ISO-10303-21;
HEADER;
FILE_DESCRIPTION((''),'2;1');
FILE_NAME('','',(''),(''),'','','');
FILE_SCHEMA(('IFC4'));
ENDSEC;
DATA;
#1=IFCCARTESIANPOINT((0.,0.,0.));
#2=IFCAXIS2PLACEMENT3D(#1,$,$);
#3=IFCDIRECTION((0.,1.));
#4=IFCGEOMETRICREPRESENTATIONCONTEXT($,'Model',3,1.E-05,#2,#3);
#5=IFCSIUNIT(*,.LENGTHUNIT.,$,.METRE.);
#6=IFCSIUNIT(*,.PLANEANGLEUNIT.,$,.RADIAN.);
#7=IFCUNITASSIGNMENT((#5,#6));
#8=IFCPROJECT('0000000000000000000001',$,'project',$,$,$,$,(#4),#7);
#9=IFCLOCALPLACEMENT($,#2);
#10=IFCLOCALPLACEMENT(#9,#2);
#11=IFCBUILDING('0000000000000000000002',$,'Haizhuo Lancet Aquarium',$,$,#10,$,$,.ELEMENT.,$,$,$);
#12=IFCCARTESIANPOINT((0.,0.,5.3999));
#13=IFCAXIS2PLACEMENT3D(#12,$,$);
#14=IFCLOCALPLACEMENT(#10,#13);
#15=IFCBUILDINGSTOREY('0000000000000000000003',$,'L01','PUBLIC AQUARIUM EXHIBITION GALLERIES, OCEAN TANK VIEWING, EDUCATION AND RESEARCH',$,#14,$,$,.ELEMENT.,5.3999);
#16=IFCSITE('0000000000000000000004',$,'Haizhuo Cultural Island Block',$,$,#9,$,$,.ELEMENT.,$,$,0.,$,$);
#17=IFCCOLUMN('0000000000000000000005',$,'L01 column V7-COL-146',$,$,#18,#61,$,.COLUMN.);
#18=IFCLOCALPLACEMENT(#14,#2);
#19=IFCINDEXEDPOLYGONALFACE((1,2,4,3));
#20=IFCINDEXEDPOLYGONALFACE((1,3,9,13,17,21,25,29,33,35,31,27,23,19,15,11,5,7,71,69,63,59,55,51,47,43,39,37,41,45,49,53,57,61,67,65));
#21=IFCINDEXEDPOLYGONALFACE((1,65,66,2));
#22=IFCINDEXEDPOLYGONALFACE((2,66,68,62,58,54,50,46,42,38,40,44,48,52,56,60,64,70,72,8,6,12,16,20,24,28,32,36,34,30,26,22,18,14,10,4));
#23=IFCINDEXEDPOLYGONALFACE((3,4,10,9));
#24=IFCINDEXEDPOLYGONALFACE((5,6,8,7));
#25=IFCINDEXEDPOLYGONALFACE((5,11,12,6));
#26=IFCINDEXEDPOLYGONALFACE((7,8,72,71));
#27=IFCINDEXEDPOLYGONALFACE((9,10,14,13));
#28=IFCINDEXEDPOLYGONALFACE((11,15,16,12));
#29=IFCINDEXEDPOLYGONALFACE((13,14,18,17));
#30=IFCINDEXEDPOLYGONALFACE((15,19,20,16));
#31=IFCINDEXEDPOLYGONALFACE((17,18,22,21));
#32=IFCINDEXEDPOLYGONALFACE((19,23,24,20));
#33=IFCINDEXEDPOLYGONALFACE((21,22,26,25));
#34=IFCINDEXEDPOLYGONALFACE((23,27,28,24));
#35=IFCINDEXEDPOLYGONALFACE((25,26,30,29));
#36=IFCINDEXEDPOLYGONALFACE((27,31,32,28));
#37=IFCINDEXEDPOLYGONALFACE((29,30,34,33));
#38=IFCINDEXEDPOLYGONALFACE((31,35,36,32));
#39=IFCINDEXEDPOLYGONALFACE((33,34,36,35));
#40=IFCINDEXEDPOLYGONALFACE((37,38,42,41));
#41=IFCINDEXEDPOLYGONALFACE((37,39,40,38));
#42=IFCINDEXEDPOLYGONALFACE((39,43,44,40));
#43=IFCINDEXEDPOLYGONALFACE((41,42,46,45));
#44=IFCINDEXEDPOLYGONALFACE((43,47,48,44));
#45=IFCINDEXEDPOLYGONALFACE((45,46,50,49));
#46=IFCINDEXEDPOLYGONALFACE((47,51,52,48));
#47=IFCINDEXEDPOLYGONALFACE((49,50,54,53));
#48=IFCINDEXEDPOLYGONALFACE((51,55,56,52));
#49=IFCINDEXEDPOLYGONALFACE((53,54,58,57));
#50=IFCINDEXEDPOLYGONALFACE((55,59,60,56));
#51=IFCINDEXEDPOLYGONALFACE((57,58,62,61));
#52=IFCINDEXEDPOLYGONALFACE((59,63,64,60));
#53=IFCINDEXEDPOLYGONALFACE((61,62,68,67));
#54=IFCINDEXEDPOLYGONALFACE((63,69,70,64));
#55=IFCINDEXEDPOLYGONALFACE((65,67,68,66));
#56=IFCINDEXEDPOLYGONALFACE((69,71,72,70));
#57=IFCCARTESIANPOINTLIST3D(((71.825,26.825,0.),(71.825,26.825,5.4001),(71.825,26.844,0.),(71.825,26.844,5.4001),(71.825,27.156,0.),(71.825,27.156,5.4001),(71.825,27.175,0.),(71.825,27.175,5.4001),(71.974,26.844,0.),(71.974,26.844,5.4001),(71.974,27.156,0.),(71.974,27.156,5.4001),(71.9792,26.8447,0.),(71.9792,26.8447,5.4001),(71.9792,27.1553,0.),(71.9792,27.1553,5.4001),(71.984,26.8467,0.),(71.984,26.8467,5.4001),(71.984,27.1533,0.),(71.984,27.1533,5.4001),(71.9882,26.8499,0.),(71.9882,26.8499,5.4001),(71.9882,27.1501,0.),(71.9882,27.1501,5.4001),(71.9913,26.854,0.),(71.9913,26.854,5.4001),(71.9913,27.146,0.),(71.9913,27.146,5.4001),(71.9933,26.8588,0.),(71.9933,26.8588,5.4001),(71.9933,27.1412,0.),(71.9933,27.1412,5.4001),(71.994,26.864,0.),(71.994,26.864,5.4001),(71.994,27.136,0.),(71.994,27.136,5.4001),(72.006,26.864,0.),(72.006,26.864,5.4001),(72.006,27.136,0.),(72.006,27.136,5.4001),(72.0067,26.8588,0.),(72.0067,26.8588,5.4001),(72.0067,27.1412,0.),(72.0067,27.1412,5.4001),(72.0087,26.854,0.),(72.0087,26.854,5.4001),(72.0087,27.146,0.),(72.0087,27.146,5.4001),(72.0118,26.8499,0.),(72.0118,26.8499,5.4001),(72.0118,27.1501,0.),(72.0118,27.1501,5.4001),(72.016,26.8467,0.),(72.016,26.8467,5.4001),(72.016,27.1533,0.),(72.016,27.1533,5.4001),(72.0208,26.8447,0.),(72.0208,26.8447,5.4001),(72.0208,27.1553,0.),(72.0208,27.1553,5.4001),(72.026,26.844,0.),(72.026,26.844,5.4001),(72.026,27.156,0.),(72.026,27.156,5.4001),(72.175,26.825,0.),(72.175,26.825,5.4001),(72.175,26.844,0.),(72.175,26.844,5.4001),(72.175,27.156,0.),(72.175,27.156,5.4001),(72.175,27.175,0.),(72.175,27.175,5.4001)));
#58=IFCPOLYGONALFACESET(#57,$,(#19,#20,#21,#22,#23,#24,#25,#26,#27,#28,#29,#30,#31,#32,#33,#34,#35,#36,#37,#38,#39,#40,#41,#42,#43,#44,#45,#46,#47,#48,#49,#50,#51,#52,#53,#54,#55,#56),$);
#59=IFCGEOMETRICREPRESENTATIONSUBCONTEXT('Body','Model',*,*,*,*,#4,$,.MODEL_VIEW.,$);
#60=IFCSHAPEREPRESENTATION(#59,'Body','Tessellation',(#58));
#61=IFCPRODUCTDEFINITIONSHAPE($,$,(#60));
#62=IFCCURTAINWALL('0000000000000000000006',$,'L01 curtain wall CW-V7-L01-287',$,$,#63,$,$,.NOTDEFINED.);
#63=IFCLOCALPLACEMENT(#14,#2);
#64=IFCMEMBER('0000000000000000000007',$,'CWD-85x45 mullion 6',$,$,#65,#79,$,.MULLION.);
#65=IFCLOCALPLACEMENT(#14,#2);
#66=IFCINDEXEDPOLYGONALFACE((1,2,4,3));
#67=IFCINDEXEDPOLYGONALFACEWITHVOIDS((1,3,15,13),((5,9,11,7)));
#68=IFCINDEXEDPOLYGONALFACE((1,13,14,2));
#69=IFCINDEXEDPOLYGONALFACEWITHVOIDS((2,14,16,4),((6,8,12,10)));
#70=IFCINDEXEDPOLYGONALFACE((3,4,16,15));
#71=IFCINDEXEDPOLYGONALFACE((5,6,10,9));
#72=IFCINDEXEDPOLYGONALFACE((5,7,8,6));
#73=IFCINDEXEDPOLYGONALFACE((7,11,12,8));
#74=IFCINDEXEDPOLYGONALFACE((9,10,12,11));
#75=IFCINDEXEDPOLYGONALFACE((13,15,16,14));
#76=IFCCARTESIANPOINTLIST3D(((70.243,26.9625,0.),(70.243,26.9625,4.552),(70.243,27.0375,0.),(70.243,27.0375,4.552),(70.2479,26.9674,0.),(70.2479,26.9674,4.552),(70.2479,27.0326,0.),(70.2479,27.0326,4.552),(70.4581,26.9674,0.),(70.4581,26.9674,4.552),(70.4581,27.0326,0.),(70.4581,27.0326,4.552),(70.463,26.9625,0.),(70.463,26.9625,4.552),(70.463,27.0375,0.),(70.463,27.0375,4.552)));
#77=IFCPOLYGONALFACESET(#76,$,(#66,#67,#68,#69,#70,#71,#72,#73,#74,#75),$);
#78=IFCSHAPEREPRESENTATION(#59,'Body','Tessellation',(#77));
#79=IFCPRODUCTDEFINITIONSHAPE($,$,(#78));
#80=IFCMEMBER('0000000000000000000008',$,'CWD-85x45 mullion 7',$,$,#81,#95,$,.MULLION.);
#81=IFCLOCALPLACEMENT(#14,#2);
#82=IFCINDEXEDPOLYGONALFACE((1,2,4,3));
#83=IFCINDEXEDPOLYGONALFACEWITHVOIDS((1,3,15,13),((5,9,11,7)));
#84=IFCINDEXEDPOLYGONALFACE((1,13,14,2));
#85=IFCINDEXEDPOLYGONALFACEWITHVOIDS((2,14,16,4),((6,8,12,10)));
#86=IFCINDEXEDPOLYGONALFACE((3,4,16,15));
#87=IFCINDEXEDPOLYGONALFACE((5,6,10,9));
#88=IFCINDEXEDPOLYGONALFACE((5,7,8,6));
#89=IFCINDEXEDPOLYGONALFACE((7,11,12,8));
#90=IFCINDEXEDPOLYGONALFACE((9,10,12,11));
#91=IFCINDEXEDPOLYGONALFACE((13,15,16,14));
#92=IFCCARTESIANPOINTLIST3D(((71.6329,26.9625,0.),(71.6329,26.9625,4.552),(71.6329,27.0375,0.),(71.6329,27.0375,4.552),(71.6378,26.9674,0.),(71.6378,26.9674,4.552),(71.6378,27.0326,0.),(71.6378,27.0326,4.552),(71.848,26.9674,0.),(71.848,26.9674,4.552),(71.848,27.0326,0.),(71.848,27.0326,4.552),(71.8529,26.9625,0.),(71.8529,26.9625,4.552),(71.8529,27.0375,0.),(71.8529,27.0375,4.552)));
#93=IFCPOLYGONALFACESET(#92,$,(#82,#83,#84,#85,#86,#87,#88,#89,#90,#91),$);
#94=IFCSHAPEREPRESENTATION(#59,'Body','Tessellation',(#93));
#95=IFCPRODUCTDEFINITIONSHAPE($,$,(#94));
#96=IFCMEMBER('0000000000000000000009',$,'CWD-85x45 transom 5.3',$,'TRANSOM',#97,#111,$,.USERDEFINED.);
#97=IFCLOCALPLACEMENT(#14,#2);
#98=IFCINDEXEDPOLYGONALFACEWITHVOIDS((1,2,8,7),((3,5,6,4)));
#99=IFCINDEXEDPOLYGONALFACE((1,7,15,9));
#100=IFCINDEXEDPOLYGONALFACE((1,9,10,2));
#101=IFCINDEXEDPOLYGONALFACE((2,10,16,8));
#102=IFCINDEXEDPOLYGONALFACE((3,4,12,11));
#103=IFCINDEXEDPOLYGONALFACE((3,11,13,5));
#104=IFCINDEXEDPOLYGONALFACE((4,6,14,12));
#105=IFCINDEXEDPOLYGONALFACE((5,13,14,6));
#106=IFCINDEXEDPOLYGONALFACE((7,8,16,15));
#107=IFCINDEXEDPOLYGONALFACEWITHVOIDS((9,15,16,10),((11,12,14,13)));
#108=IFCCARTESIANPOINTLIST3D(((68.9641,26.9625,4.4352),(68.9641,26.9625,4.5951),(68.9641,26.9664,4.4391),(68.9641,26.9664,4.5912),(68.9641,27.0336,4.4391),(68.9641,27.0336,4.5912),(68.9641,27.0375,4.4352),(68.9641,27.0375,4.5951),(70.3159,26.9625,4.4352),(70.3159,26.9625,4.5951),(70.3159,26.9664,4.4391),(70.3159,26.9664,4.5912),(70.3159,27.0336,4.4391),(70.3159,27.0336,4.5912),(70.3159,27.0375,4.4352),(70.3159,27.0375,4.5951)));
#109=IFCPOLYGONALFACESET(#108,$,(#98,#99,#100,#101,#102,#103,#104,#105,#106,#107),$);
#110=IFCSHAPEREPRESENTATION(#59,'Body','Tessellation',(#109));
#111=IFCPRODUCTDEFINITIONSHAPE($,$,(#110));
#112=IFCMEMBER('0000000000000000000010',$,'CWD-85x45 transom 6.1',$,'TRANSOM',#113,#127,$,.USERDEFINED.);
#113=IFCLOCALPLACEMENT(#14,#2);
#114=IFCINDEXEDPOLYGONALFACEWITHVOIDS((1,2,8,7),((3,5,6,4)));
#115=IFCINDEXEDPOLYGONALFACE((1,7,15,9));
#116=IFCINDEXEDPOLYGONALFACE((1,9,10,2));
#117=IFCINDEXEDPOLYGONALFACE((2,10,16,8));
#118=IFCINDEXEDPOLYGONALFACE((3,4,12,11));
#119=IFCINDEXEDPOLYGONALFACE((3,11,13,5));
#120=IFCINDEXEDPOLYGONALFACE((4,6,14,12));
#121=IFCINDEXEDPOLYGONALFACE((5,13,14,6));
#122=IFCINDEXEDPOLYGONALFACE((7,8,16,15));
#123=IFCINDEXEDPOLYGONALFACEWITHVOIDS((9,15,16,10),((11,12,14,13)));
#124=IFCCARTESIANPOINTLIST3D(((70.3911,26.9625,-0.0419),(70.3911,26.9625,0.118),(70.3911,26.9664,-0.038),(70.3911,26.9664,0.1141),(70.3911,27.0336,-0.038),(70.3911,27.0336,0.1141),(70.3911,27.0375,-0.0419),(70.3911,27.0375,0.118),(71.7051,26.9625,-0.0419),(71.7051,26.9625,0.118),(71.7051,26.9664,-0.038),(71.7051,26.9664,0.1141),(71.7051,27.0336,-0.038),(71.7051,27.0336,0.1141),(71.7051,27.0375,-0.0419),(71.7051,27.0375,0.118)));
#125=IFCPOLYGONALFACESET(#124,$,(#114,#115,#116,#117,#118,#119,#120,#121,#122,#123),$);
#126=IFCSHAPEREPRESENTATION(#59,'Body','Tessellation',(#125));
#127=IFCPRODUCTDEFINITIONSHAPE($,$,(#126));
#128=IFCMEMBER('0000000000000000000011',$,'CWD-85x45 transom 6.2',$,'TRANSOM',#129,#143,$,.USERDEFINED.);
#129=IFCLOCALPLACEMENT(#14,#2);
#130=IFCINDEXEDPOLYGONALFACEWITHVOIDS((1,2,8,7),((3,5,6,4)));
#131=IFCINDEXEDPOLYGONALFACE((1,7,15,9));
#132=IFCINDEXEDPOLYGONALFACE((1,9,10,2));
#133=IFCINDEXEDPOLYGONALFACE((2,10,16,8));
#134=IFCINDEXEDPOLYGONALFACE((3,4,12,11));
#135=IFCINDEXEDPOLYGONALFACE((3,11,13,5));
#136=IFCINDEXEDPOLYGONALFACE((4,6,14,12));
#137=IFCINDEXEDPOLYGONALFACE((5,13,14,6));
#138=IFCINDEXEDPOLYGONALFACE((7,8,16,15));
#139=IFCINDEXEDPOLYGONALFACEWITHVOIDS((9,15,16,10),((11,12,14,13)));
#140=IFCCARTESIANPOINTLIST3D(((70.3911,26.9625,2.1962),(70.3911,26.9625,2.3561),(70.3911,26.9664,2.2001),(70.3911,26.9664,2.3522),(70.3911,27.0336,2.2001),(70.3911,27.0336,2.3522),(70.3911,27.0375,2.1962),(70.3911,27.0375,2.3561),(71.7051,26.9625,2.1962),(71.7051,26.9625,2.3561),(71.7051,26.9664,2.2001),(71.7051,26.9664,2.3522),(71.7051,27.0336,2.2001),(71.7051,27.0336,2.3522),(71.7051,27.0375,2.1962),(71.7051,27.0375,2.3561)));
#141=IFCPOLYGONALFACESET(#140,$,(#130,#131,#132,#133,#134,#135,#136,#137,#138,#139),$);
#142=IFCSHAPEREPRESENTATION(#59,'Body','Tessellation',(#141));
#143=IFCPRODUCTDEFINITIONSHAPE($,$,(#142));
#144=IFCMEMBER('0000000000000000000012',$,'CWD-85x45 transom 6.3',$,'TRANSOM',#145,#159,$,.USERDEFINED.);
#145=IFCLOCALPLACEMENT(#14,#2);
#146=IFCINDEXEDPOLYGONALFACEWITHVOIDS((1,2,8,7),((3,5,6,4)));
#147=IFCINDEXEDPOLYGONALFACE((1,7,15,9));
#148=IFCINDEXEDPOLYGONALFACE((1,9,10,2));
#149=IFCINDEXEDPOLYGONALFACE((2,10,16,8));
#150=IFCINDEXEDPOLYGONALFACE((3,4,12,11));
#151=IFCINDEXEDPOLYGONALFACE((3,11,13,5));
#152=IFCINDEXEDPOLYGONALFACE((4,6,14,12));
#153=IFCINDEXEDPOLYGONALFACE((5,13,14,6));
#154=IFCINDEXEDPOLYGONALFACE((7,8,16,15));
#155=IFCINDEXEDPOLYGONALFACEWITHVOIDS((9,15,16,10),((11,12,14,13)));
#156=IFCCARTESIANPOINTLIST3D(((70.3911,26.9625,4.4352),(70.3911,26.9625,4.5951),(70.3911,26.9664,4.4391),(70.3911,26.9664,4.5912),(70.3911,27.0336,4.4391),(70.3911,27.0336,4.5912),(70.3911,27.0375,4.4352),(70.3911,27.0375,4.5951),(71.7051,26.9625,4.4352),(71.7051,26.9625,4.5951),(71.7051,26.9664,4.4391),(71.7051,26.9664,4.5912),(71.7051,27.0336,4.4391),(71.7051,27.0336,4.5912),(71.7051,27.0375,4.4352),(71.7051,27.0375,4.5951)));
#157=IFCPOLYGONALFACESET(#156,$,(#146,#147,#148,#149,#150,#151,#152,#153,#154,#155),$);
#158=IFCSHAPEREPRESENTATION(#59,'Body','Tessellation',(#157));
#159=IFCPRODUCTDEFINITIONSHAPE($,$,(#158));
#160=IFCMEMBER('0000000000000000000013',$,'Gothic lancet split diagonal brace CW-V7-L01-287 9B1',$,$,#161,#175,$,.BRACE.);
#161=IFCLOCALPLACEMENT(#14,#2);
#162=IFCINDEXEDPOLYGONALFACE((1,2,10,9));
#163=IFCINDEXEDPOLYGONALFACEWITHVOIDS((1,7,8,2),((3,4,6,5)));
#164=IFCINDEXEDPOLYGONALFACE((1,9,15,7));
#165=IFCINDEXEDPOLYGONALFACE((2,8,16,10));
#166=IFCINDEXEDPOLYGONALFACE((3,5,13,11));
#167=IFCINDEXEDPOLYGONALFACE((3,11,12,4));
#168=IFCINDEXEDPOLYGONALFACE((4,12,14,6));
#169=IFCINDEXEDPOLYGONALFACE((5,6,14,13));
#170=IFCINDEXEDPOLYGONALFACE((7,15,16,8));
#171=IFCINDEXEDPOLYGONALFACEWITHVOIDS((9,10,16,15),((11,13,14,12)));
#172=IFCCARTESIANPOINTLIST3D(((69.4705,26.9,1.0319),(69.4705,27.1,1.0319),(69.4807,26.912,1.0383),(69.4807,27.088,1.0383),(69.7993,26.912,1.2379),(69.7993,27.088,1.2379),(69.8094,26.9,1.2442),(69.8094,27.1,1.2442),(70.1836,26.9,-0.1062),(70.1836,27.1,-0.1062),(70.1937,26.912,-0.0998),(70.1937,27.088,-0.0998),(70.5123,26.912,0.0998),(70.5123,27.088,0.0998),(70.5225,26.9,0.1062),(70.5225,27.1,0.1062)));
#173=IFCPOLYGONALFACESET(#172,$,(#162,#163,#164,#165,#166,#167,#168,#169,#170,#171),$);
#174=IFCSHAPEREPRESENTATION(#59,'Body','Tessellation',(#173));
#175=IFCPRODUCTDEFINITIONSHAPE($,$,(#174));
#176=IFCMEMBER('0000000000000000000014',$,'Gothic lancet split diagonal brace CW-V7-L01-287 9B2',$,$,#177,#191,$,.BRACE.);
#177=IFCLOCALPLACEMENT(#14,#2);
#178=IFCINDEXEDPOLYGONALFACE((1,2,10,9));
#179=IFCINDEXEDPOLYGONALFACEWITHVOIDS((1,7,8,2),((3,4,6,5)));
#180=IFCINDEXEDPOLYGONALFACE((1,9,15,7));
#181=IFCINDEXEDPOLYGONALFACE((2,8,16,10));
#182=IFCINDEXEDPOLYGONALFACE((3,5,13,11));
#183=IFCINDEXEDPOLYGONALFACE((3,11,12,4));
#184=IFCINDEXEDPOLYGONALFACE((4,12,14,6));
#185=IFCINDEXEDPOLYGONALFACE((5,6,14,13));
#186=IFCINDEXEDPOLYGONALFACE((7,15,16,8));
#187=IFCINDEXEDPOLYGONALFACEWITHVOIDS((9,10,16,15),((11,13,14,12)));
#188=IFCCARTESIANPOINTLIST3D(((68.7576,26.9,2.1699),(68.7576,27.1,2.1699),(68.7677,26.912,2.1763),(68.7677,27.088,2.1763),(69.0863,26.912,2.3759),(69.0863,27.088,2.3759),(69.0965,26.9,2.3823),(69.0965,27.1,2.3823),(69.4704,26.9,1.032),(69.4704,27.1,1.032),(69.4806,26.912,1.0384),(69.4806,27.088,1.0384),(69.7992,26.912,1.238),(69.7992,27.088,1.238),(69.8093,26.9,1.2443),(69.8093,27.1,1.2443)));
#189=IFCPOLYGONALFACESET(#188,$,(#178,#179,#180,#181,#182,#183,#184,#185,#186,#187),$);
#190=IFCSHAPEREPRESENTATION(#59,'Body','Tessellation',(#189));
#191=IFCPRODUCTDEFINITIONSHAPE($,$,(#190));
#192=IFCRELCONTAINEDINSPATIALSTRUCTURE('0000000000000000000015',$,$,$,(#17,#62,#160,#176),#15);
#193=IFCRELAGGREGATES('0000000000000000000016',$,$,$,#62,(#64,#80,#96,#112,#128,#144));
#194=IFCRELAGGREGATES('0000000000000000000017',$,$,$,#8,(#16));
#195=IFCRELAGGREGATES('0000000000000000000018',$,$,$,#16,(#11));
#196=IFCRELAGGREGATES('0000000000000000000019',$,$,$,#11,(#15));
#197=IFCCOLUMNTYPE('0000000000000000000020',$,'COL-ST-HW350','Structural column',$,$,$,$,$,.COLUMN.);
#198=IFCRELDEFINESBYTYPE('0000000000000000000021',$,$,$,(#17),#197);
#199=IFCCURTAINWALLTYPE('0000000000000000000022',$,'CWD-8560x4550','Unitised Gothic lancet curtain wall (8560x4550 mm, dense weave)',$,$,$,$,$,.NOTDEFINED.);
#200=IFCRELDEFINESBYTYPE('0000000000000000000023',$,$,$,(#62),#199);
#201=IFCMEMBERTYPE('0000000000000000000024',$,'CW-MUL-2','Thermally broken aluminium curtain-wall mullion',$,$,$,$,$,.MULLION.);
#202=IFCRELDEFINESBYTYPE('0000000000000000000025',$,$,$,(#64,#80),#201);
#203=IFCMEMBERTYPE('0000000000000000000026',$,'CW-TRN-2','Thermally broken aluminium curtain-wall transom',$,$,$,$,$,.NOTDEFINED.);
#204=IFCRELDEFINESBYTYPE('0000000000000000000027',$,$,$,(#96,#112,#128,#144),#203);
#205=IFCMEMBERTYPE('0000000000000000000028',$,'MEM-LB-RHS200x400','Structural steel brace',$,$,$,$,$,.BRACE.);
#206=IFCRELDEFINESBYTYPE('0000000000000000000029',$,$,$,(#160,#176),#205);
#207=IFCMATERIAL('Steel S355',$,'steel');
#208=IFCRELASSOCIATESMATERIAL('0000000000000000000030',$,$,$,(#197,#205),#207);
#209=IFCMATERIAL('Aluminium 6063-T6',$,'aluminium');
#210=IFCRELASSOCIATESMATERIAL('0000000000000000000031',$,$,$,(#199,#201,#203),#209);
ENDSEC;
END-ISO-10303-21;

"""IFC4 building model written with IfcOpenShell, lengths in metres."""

from ifc_helpers import new_model, si_unit, direction, frame, origin, origin_2d, place, context, subcontext, project, spatial, hollow_rectangle, i_section, extrude, material, material_profile, profile_set, type_object, element, aggregate, save


model = new_model("IFC4")

# Units and contexts
model_context = context("Model", 3, precision=1e-05, world=origin(), true_north=direction((0.0, 1.0)))
body_context = subcontext(model_context, "Body", "Model", "MODEL_VIEW")
ifc_project = project(units=[si_unit("LENGTHUNIT", "METRE"), si_unit("PLANEANGLEUNIT", "RADIAN")], contexts=[model_context])

# Site, building, storey
site_placement = place(None, origin())
site = spatial("IfcSite", under=ifc_project, at=site_placement, Name="Haizhuo Cultural Island Block", CompositionType="ELEMENT", RefElevation=0.0)
building_placement = place(site_placement, origin())
building = spatial("IfcBuilding", under=site, at=building_placement, Name="Haizhuo Lancet Aquarium", CompositionType="ELEMENT")
storey_placement = place(building_placement, frame((0.0, 0.0, 5.3999)))
storey = spatial("IfcBuildingStorey", under=building, at=storey_placement, Name="L01", Description="PUBLIC AQUARIUM EXHIBITION GALLERIES, OCEAN TANK VIEWING, EDUCATION AND RESEARCH", CompositionType="ELEMENT", Elevation=5.3999)

# Column
ifc_material_1 = material(Name="Steel S355", Category="steel")
ifc_material_profile_1 = material_profile(ifc_material_1, i_section(OverallWidth=0.3501, OverallDepth=0.3501, WebThickness=0.012, FlangeThickness=0.019, FilletRadius=0.02, at=origin_2d()), Name="HW 350x350x12x19")
ifc_profile_set_1 = profile_set([ifc_material_profile_1], Name="Steel S355")
column_type = type_object("IfcColumnType", Name="COL-ST-HW350", Description="Structural column", PredefinedType="COLUMN", material=ifc_profile_set_1)
column_placement = place(storey_placement, frame((72.0, 27.0, 0.0), z_axis=(0.0, 0.0, 1.0), x_axis=(1.0, 0.0, 0.0)))
element("IfcColumn", 1, at=column_placement, inside=storey, type_object=column_type, Name="L01 column V7-COL-146", PredefinedType="COLUMN", context=body_context, shape_type="SweptSolid", body=[
    extrude(i_section(OverallWidth=0.3501, OverallDepth=0.3501, WebThickness=0.012, FlangeThickness=0.019, FilletRadius=0.02, at=origin_2d()), origin(), (0.0, 0.0, 1.0), 5.4001),
])

# Curtain wall, members
ifc_material_2 = material(Name="Aluminium 6063-T6", Category="aluminium")
curtain_wall_type = type_object("IfcCurtainWallType", Name="CWD-8560x4550", Description="Unitised Gothic lancet curtain wall (8560x4550 mm, dense weave)", PredefinedType="NOTDEFINED", material=ifc_material_2)
curtain_wall_placement = place(storey_placement, origin())
curtain_wall = element("IfcCurtainWall", 2, at=curtain_wall_placement, inside=storey, type_object=curtain_wall_type, Name="L01 curtain wall CW-V7-L01-287", PredefinedType="NOTDEFINED")
ifc_material_profile_2 = material_profile(ifc_material_2, hollow_rectangle(XDim=0.075, YDim=0.22, WallThickness=0.0049, at=origin_2d()), Name="ALU-M 75x220x5")
ifc_profile_set_2 = profile_set([ifc_material_profile_2], Name="Aluminium 6063-T6")
member_type_1 = type_object("IfcMemberType", Name="CW-MUL-2", Description="Thermally broken aluminium curtain-wall mullion", PredefinedType="MULLION", material=ifc_profile_set_2)
member_1_placement = place(storey_placement, frame((70.353, 27.0, 0.0), z_axis=(0.0, 0.0, 1.0), x_axis=(0.0, 1.0, 0.0)))
member_1 = element("IfcMember", 3, at=member_1_placement, type_object=member_type_1, Name="CWD-85x45 mullion 6", PredefinedType="MULLION", context=body_context, shape_type="SweptSolid", body=[
    extrude(hollow_rectangle(XDim=0.075, YDim=0.22, WallThickness=0.0049, at=origin_2d()), origin(), (0.0, 0.0, 1.0), 4.552),
])
member_2_placement = place(storey_placement, frame((71.7429, 27.0, 0.0), z_axis=(0.0, 0.0, 1.0), x_axis=(0.0, 1.0, 0.0)))
member_2 = element("IfcMember", 4, at=member_2_placement, type_object=member_type_1, Name="CWD-85x45 mullion 7", PredefinedType="MULLION", context=body_context, shape_type="SweptSolid", body=[
    extrude(hollow_rectangle(XDim=0.075, YDim=0.22, WallThickness=0.0049, at=origin_2d()), origin(), (0.0, 0.0, 1.0), 4.552),
])
ifc_material_profile_3 = material_profile(ifc_material_2, hollow_rectangle(XDim=0.075, YDim=0.1599, WallThickness=0.0039, at=origin_2d()), Name="ALU-T 75x160x4")
ifc_profile_set_3 = profile_set([ifc_material_profile_3], Name="Aluminium 6063-T6")
member_type_2 = type_object("IfcMemberType", Name="CW-TRN-2", Description="Thermally broken aluminium curtain-wall transom", PredefinedType="NOTDEFINED", material=ifc_profile_set_3)
member_3_placement = place(storey_placement, frame((68.9641, 27.0, 4.5151), z_axis=(1.0, 0.0, 0.0), x_axis=(0.0, 1.0, 0.0)))
member_3 = element("IfcMember", 5, at=member_3_placement, type_object=member_type_2, Name="CWD-85x45 transom 5.3", ObjectType="TRANSOM", PredefinedType="USERDEFINED", context=body_context, shape_type="SweptSolid", body=[
    extrude(hollow_rectangle(XDim=0.075, YDim=0.1599, WallThickness=0.0039, at=origin_2d()), origin(), (0.0, 0.0, 1.0), 1.3518),
])
member_4_placement = place(storey_placement, frame((70.3911, 27.0, 0.0381), z_axis=(1.0, 0.0, 0.0), x_axis=(0.0, 1.0, 0.0)))
member_4 = element("IfcMember", 6, at=member_4_placement, type_object=member_type_2, Name="CWD-85x45 transom 6.1", ObjectType="TRANSOM", PredefinedType="USERDEFINED", context=body_context, shape_type="SweptSolid", body=[
    extrude(hollow_rectangle(XDim=0.075, YDim=0.1599, WallThickness=0.0039, at=origin_2d()), origin(), (0.0, 0.0, 1.0), 1.314),
])
member_5_placement = place(storey_placement, frame((70.3911, 27.0, 2.2761), z_axis=(1.0, 0.0, 0.0), x_axis=(0.0, 1.0, 0.0)))
member_5 = element("IfcMember", 7, at=member_5_placement, type_object=member_type_2, Name="CWD-85x45 transom 6.2", ObjectType="TRANSOM", PredefinedType="USERDEFINED", context=body_context, shape_type="SweptSolid", body=[
    extrude(hollow_rectangle(XDim=0.075, YDim=0.1599, WallThickness=0.0039, at=origin_2d()), origin(), (0.0, 0.0, 1.0), 1.314),
])
member_6_placement = place(storey_placement, frame((70.3911, 27.0, 4.5151), z_axis=(1.0, 0.0, 0.0), x_axis=(0.0, 1.0, 0.0)))
member_6 = element("IfcMember", 8, at=member_6_placement, type_object=member_type_2, Name="CWD-85x45 transom 6.3", ObjectType="TRANSOM", PredefinedType="USERDEFINED", context=body_context, shape_type="SweptSolid", body=[
    extrude(hollow_rectangle(XDim=0.075, YDim=0.1599, WallThickness=0.0039, at=origin_2d()), origin(), (0.0, 0.0, 1.0), 1.314),
])

# Members
ifc_material_profile_4 = material_profile(ifc_material_1, hollow_rectangle(XDim=0.2, YDim=0.3999, WallThickness=0.012, at=origin_2d()), Name="RHS 200x400x12")
ifc_profile_set_4 = profile_set([ifc_material_profile_4], Name="Steel S355")
member_type_3 = type_object("IfcMemberType", Name="MEM-LB-RHS200x400", Description="Structural steel brace", PredefinedType="BRACE", material=ifc_profile_set_4)
member_7_placement = place(storey_placement, frame((70.353, 27.0, 0.0), z_axis=(-0.530946, 0.0, 0.847405), x_axis=(0.0, -1.0, 0.0)))
element("IfcMember", 9, at=member_7_placement, inside=storey, type_object=member_type_3, Name="Gothic lancet split diagonal brace CW-V7-L01-287 9B1", PredefinedType="BRACE", context=body_context, shape_type="SweptSolid", body=[
    extrude(hollow_rectangle(XDim=0.2, YDim=0.3999, WallThickness=0.012, at=origin_2d()), origin(), (0.0, 0.0, 1.0), 1.343),
])
member_8_placement = place(storey_placement, frame((69.6399, 27.0, 1.1382), z_axis=(-0.530897, 0.0, 0.847436), x_axis=(0.0, -1.0, 0.0)))
element("IfcMember", 10, at=member_8_placement, inside=storey, type_object=member_type_3, Name="Gothic lancet split diagonal brace CW-V7-L01-287 9B2", PredefinedType="BRACE", context=body_context, shape_type="SweptSolid", body=[
    extrude(hollow_rectangle(XDim=0.2, YDim=0.3999, WallThickness=0.012, at=origin_2d()), origin(), (0.0, 0.0, 1.0), 1.3428),
])

aggregate(curtain_wall, [member_1, member_2, member_3, member_4, member_5, member_6])

save(model, "model.ifc")
